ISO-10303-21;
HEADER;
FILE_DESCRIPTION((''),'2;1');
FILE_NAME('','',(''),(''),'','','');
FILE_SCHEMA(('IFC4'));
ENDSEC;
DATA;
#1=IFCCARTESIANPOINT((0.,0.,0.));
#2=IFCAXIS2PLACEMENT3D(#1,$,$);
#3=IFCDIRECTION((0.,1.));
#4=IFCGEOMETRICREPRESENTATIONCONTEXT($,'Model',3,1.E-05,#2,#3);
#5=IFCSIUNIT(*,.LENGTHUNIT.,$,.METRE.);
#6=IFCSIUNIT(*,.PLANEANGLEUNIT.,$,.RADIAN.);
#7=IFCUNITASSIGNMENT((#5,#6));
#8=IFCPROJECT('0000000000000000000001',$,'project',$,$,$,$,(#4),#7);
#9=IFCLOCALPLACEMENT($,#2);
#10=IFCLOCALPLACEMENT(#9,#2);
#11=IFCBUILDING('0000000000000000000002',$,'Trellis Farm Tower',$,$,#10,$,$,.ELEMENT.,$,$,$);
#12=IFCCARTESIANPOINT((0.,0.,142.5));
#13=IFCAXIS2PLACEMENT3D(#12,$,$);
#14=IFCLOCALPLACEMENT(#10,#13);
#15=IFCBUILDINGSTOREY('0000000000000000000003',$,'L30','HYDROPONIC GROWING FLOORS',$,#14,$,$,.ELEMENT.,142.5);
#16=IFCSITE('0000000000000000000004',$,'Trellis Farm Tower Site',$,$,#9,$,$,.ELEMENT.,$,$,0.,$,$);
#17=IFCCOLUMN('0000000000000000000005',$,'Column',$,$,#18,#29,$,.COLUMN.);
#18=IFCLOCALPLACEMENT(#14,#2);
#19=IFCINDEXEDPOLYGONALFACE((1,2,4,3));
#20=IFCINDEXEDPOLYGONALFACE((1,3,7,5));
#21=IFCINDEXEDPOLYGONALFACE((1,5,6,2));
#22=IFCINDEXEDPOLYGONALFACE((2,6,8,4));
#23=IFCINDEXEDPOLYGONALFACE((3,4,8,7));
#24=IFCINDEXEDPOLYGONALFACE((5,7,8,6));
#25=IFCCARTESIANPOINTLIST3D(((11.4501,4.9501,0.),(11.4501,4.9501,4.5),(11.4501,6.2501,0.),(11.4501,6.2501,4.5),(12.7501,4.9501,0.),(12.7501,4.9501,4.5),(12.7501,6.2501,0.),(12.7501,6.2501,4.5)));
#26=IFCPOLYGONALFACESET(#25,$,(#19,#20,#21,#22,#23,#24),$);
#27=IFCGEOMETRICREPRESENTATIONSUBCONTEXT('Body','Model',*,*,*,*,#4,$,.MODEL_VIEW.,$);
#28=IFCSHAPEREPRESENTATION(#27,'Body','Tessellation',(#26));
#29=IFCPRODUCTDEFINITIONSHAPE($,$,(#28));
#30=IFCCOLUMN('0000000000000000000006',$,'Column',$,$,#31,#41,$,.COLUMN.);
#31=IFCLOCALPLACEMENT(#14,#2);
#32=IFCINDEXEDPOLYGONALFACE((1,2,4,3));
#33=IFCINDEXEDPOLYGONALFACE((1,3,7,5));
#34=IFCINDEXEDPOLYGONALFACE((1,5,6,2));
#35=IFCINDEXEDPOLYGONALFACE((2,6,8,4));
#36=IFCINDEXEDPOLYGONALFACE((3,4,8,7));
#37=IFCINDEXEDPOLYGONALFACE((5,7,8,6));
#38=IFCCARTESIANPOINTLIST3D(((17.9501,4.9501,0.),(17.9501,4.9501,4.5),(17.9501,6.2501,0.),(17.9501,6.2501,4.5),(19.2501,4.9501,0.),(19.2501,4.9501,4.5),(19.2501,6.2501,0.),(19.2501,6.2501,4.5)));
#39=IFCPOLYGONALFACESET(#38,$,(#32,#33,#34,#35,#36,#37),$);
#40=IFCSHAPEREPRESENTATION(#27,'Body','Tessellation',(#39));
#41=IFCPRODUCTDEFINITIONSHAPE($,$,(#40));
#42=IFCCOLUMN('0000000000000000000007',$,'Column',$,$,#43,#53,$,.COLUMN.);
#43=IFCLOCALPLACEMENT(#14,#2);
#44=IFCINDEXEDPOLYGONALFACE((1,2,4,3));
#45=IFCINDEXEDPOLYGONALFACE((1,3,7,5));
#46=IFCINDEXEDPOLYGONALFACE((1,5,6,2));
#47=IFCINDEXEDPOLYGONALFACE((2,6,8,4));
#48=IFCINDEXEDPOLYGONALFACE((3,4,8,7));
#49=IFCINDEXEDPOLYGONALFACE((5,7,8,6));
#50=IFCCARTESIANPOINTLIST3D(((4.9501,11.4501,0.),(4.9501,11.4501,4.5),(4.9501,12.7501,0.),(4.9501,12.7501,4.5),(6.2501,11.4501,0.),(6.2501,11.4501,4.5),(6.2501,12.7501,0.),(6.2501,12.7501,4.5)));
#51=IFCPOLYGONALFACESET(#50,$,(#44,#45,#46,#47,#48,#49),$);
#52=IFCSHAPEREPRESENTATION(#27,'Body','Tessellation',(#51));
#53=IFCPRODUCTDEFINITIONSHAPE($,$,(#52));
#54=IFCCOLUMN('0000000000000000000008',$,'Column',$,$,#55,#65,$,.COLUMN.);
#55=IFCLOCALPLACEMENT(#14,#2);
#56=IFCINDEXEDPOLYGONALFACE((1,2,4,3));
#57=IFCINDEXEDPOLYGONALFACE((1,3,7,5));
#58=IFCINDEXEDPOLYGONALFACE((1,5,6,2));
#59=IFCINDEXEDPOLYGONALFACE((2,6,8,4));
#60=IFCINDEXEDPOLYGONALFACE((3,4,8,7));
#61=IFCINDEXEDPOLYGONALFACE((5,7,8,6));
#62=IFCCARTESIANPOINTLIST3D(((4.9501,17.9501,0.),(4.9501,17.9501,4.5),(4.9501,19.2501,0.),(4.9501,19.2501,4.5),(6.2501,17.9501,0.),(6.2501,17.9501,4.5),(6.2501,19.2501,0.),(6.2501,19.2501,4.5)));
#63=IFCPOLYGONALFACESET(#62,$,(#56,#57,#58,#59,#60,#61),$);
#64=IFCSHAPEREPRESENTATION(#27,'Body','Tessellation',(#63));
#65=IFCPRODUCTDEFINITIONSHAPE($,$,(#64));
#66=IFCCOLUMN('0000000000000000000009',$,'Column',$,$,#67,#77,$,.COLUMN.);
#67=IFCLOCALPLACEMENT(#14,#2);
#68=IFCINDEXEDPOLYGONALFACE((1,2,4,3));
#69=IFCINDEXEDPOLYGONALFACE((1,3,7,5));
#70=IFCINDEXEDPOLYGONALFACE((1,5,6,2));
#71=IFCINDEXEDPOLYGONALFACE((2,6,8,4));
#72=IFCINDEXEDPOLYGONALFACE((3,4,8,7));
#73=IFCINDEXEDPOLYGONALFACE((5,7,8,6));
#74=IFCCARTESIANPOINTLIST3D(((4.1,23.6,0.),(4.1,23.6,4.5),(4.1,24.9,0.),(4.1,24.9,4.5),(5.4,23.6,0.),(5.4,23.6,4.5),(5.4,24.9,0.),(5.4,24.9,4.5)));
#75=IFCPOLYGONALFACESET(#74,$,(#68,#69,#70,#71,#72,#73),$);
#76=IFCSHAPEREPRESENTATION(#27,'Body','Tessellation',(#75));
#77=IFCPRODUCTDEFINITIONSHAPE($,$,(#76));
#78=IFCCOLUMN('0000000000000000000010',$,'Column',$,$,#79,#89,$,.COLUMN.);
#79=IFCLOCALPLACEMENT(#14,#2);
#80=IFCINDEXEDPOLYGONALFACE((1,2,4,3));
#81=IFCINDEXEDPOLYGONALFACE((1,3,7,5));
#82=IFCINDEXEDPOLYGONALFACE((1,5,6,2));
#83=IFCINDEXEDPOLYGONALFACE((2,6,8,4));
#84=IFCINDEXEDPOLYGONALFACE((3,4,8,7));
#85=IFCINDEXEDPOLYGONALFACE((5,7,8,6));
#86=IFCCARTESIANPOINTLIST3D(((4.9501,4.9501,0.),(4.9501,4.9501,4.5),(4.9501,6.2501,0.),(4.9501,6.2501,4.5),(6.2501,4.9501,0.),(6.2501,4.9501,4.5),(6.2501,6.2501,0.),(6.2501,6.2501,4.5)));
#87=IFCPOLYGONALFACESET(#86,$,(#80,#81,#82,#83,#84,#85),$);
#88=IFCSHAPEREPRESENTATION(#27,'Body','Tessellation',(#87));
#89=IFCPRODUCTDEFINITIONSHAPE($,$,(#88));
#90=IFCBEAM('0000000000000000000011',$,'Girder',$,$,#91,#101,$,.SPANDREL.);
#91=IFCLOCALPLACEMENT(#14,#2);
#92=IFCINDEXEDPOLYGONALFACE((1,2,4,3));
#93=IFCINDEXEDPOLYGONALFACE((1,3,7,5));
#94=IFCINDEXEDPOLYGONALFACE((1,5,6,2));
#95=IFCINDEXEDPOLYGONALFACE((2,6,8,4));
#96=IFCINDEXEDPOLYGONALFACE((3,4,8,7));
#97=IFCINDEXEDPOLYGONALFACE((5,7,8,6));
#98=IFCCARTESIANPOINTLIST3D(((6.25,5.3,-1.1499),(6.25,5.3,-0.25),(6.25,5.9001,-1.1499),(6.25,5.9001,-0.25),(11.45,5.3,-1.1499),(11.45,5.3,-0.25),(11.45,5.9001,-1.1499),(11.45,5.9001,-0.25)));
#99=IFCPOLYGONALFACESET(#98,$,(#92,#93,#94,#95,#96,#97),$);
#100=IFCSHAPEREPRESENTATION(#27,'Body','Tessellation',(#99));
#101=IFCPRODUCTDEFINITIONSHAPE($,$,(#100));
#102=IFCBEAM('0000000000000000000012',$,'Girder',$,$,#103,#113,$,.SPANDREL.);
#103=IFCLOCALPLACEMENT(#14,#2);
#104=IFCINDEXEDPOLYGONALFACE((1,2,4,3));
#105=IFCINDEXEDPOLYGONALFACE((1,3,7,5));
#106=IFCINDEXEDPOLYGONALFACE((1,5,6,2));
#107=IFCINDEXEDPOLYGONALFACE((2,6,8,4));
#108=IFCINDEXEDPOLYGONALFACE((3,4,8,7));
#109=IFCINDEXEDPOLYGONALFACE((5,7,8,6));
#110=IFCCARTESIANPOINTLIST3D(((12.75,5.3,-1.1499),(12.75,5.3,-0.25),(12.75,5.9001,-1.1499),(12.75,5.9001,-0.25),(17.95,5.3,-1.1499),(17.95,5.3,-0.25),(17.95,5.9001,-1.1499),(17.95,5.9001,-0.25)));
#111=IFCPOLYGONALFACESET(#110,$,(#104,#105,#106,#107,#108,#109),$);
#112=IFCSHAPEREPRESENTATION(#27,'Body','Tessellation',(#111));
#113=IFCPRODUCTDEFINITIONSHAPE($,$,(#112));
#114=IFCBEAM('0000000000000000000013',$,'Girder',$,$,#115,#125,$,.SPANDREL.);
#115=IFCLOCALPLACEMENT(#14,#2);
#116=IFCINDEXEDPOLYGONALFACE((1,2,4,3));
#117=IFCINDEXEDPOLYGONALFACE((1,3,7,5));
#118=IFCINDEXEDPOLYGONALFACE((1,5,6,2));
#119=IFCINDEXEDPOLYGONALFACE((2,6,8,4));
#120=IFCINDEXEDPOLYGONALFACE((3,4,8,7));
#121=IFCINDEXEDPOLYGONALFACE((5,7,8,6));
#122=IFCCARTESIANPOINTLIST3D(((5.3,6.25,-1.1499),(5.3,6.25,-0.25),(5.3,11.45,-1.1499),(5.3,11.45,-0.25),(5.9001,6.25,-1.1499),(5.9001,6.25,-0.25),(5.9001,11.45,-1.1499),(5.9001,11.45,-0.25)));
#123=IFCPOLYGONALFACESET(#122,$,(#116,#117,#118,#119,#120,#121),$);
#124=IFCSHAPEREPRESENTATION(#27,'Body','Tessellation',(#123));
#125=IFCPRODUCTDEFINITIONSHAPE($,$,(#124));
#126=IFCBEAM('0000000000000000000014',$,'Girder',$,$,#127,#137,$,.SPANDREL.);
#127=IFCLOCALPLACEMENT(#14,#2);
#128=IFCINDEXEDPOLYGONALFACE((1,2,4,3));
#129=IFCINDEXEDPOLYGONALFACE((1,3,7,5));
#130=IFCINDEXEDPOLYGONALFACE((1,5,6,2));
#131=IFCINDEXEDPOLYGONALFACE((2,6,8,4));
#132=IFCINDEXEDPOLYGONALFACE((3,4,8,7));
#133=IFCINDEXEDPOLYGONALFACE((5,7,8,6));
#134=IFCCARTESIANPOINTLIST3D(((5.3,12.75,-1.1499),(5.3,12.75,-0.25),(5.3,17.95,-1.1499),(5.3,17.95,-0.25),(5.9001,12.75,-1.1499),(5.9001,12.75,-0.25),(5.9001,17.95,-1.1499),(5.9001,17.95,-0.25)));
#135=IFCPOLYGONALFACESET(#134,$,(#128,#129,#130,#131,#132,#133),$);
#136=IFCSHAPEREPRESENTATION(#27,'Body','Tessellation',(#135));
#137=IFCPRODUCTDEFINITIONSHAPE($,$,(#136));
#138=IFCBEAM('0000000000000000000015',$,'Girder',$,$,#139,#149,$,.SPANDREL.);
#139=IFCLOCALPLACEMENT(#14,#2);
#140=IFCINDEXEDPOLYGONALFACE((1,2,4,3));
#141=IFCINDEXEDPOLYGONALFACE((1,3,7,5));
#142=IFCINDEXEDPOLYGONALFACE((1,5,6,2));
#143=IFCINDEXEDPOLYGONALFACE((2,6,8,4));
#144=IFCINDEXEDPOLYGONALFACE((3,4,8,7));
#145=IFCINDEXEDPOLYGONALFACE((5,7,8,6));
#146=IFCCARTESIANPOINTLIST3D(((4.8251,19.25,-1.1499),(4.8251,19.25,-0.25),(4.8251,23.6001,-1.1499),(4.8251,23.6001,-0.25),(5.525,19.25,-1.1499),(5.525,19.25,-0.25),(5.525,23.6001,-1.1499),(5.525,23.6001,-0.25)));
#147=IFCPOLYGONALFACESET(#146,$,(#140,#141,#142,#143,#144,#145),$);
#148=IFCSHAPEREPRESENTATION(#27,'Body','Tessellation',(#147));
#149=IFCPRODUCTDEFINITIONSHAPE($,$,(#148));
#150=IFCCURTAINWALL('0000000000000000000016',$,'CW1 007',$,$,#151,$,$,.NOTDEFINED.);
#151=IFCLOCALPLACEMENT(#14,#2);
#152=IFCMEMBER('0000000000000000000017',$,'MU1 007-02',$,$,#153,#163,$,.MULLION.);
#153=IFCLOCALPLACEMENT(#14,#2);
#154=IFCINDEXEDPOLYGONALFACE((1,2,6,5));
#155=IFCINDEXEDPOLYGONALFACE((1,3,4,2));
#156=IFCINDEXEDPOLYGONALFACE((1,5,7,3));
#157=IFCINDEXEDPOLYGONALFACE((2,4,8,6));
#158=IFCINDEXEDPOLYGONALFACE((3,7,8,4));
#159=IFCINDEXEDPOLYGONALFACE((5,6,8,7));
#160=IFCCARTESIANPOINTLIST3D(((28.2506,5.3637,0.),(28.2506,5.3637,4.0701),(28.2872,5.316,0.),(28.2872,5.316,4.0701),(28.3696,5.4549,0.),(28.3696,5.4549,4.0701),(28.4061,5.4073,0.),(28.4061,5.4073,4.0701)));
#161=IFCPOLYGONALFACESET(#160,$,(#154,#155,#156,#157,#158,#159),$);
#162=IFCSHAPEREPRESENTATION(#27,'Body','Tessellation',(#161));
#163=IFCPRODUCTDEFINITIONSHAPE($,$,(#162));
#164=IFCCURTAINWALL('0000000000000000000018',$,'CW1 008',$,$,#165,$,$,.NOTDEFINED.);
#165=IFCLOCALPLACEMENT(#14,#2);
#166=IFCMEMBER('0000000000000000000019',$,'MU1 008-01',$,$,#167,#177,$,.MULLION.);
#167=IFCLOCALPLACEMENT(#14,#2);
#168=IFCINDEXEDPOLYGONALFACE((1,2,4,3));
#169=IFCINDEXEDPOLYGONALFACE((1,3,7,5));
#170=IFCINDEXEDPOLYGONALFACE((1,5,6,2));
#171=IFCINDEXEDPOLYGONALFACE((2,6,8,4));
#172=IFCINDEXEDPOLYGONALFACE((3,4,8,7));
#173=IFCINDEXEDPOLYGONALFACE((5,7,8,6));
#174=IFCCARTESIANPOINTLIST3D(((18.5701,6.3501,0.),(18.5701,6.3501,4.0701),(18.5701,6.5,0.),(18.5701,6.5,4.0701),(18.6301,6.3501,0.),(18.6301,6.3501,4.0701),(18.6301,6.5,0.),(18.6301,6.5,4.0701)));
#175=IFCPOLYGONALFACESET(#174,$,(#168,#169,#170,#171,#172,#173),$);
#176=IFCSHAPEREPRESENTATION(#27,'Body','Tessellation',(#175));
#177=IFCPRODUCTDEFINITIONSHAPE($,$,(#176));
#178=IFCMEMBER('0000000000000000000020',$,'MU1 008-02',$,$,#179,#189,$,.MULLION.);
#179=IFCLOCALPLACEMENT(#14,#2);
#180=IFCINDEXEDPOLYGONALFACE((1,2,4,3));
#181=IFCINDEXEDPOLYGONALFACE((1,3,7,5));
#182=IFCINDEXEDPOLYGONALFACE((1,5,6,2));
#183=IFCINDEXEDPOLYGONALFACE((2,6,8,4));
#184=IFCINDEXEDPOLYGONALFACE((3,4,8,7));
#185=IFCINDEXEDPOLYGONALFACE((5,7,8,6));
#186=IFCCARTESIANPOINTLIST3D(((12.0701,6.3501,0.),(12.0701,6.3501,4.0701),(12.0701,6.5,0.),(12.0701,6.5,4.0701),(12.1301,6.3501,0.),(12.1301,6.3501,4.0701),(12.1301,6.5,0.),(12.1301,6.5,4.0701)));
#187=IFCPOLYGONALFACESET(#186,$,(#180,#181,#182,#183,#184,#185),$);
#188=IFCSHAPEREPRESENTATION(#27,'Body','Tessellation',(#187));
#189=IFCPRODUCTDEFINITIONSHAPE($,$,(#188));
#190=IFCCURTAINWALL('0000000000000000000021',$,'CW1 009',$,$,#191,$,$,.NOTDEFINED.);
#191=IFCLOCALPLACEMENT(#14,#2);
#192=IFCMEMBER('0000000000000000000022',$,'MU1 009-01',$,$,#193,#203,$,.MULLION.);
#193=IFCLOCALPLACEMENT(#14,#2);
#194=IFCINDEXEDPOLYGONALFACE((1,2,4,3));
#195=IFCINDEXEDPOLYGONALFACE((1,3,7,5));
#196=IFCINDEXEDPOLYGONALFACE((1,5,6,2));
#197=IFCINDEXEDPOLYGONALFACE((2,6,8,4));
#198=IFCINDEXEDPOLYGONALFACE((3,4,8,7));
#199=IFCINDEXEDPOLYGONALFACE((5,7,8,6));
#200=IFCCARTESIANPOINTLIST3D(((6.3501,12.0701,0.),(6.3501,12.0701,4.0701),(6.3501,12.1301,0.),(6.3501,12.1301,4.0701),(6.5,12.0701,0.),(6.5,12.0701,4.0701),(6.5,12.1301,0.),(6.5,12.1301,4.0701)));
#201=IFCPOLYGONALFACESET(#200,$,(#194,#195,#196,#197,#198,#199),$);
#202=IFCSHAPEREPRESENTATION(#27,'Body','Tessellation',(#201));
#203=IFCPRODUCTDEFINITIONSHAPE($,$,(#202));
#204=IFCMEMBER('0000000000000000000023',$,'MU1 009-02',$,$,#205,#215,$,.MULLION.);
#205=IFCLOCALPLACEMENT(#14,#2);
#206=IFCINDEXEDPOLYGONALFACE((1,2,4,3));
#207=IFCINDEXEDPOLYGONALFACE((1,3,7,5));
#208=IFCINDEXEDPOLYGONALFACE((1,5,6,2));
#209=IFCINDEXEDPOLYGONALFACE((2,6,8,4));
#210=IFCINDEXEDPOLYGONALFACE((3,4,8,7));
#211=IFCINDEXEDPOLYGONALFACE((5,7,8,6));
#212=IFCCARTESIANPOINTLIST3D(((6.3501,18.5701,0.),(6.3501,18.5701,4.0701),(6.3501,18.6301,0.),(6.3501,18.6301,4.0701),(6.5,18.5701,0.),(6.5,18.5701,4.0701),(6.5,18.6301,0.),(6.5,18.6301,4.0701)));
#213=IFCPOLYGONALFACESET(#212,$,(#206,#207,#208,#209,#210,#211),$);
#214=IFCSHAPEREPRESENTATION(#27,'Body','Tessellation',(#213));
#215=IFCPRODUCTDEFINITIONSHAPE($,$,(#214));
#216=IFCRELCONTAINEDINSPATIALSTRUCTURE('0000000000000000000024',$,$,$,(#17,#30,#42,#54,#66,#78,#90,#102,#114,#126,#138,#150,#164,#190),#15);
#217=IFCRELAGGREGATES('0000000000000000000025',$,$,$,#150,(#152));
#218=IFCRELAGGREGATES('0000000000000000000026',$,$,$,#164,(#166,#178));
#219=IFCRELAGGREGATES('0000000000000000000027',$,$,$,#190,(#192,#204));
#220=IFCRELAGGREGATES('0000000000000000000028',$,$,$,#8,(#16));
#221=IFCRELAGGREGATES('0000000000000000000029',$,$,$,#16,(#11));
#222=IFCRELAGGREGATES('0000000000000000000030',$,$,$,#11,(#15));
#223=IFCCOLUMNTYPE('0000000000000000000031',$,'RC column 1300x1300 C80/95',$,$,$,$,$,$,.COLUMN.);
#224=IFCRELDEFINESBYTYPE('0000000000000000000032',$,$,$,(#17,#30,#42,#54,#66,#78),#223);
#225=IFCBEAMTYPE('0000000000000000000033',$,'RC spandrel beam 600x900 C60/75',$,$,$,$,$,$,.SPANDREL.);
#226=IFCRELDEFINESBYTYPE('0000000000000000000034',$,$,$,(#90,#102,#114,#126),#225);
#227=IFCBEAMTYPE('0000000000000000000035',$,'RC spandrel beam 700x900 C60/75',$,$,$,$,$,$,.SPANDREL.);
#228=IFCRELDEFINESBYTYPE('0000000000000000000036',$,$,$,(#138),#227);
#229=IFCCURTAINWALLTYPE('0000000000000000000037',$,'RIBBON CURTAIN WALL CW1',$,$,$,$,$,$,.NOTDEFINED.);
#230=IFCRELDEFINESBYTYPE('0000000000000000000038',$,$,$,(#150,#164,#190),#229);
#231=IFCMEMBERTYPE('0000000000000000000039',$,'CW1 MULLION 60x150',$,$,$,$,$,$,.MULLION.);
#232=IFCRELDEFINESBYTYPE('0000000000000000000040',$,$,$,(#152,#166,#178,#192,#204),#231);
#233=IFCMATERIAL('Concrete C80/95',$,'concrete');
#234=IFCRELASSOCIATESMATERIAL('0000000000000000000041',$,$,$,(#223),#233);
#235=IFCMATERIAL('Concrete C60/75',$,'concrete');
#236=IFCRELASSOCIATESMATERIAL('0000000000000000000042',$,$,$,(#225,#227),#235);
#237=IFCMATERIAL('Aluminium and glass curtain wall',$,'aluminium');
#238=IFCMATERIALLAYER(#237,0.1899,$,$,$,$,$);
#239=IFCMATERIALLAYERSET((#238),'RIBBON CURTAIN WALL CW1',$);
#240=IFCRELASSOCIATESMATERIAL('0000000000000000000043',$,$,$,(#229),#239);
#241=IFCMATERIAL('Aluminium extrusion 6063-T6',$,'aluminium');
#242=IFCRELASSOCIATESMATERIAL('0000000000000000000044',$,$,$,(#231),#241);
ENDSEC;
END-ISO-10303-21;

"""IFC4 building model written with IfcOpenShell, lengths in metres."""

from ifc_helpers import new_model, si_unit, direction, frame, origin, origin_2d, place, context, subcontext, project, spatial, rectangle, extrude, source, transform, mapped, material, layer, layer_set, material_profile, profile_set, type_object, element, aggregate, save


model = new_model("IFC4")

# Units and contexts
model_context = context("Model", 3, precision=1e-05, world=origin(), true_north=direction((0.0, 1.0)))
body_context = subcontext(model_context, "Body", "Model", "MODEL_VIEW")
ifc_project = project(units=[si_unit("LENGTHUNIT", "METRE"), si_unit("PLANEANGLEUNIT", "RADIAN")], contexts=[model_context])

# Site, building, storey
site_placement = place(None, origin())
site = spatial("IfcSite", under=ifc_project, at=site_placement, Name="Trellis Farm Tower Site", CompositionType="ELEMENT", RefElevation=0.0)
building_placement = place(site_placement, origin())
building = spatial("IfcBuilding", under=site, at=building_placement, Name="Trellis Farm Tower", CompositionType="ELEMENT")
storey_placement = place(building_placement, frame((0.0, 0.0, 142.5)))
storey = spatial("IfcBuildingStorey", under=building, at=storey_placement, Name="L30", Description="HYDROPONIC GROWING FLOORS", CompositionType="ELEMENT", Elevation=142.5)

# Columns
ifc_material_1 = material(Name="Concrete C80/95", Category="concrete")
ifc_material_profile_1 = material_profile(ifc_material_1, rectangle(XDim=1.3, YDim=1.3, at=origin_2d()), Name="RC column 1300x1300 C80/95")
ifc_profile_set_1 = profile_set([ifc_material_profile_1], Name="Concrete C80/95")
column_type = type_object("IfcColumnType", Name="RC column 1300x1300 C80/95", PredefinedType="COLUMN", material=ifc_profile_set_1)
shared_shape_1 = source(origin(), body_context, "Body", "SweptSolid", [
    extrude(rectangle(XDim=1.3, YDim=1.3, at=origin_2d()), origin(), (0.0, 0.0, 1.0), 4.5),
])
for number, where, z_axis, x_axis, name in (
    (1, (12.1001, 5.6001, 0.0), (0.0, 0.0, 1.0), (1.0, 0.0, 0.0), "Column"),
    (2, (18.6001, 5.6001, 0.0), (0.0, 0.0, 1.0), (1.0, 0.0, 0.0), "Column"),
    (3, (5.6001, 12.1001, 0.0), (0.0, 0.0, 1.0), (1.0, 0.0, 0.0), "Column"),
    (4, (5.6001, 18.6001, 0.0), (0.0, 0.0, 1.0), (1.0, 0.0, 0.0), "Column"),
    (5, (4.75, 24.25, 0.0), (0.0, 0.0, 1.0), (1.0, 0.0, 0.0), "Column"),
    (6, (5.6001, 5.6001, 0.0), (0.0, 0.0, 1.0), (1.0, 0.0, 0.0), "Column"),
):
    element("IfcColumn", number, at=place(storey_placement, frame(where, z_axis=z_axis, x_axis=x_axis)), inside=storey, type_object=column_type, Name=name, PredefinedType="COLUMN", context=body_context, shape_type="MappedRepresentation", body=[
        mapped(shared_shape_1, transform((0.0, 0.0, 0.0))),
    ])

# Beams
ifc_material_2 = material(Name="Concrete C60/75", Category="concrete")
ifc_material_profile_2 = material_profile(ifc_material_2, rectangle(XDim=0.6001, YDim=0.8999, at=origin_2d()), Name="RC spandrel beam 600x900 C60/75")
ifc_profile_set_2 = profile_set([ifc_material_profile_2], Name="Concrete C60/75")
beam_type_1 = type_object("IfcBeamType", Name="RC spandrel beam 600x900 C60/75", PredefinedType="SPANDREL", material=ifc_profile_set_2)
shared_shape_2 = source(origin(), body_context, "Body", "SweptSolid", [
    extrude(rectangle(XDim=0.6001, YDim=0.8999, at=origin_2d()), origin(), (0.0, 0.0, 1.0), 5.2),
])
for number, where, z_axis, x_axis, name in (
    (7, (6.25, 5.6001, -0.7), (1.0, 0.0, 0.0), (0.0, 1.0, 0.0), "Girder"),
    (8, (12.75, 5.6001, -0.7), (1.0, 0.0, 0.0), (0.0, 1.0, 0.0), "Girder"),
    (9, (5.6001, 6.25, -0.7), (0.0, 1.0, 0.0), (-1.0, 0.0, 0.0), "Girder"),
    (10, (5.6001, 12.75, -0.7), (0.0, 1.0, 0.0), (-1.0, 0.0, 0.0), "Girder"),
):
    element("IfcBeam", number, at=place(storey_placement, frame(where, z_axis=z_axis, x_axis=x_axis)), inside=storey, type_object=beam_type_1, Name=name, PredefinedType="SPANDREL", context=body_context, shape_type="MappedRepresentation", body=[
        mapped(shared_shape_2, transform((0.0, 0.0, 0.0))),
    ])
ifc_material_profile_3 = material_profile(ifc_material_2, rectangle(XDim=0.7, YDim=0.8999, at=origin_2d()), Name="RC spandrel beam 700x900 C60/75")
ifc_profile_set_3 = profile_set([ifc_material_profile_3], Name="Concrete C60/75")
beam_type_2 = type_object("IfcBeamType", Name="RC spandrel beam 700x900 C60/75", PredefinedType="SPANDREL", material=ifc_profile_set_3)
shared_shape_3 = source(origin(), body_context, "Body", "SweptSolid", [
    extrude(rectangle(XDim=0.7, YDim=0.8999, at=origin_2d()), origin(), (0.0, 0.0, 1.0), 4.3501),
])
beam_placement = place(storey_placement, frame((5.175, 19.25, -0.7), z_axis=(0.0, 1.0, 0.0), x_axis=(-1.0, 0.0, 0.0)))
element("IfcBeam", 11, at=beam_placement, inside=storey, type_object=beam_type_2, Name="Girder", PredefinedType="SPANDREL", context=body_context, shape_type="MappedRepresentation", body=[
    mapped(shared_shape_3, transform((0.0, 0.0, 0.0))),
])

# Curtain wall, member
ifc_material_3 = material(Name="Aluminium and glass curtain wall", Category="aluminium")
ifc_layer_1 = layer(ifc_material_3, 0.1899)
ifc_layer_set_1 = layer_set([ifc_layer_1], Name="RIBBON CURTAIN WALL CW1")
curtain_wall_type_1 = type_object("IfcCurtainWallType", Name="RIBBON CURTAIN WALL CW1", PredefinedType="NOTDEFINED", material=ifc_layer_set_1)
placement = place(storey_placement, origin())
curtain_wall_1 = element("IfcCurtainWall", 12, at=placement, inside=storey, type_object=curtain_wall_type_1, Name="CW1 007", PredefinedType="NOTDEFINED")
ifc_material_4 = material(Name="Aluminium extrusion 6063-T6", Category="aluminium")
ifc_material_profile_4 = material_profile(ifc_material_4, rectangle(XDim=0.0601, YDim=0.1499, at=origin_2d()), Name="MULLION 60x150")
ifc_profile_set_4 = profile_set([ifc_material_profile_4], Name="Aluminium extrusion 6063-T6")
member_type_1 = type_object("IfcMemberType", Name="CW1 MULLION 60x150", PredefinedType="MULLION", material=ifc_profile_set_4)
shared_shape_4 = source(origin(), body_context, "Body", "SweptSolid", [
    extrude(rectangle(XDim=0.0601, YDim=0.1499, at=origin_2d()), origin(), (0.0, 0.0, 1.0), 4.0701),
])
member_1_placement = place(storey_placement, frame((28.3284, 5.3855, 0.0), z_axis=(0.0, 0.0, 1.0), x_axis=(-0.608761, 0.793353, 0.0)))
member_1 = element("IfcMember", 13, at=member_1_placement, type_object=member_type_1, Name="MU1 007-02", PredefinedType="MULLION", context=body_context, shape_type="MappedRepresentation", body=[
    mapped(shared_shape_4, transform((0.0, 0.0, 0.0))),
])
aggregate(curtain_wall_1, [member_1])

# Curtain walls, members
curtain_wall_2 = element("IfcCurtainWall", 14, at=placement, inside=storey, type_object=curtain_wall_type_1, Name="CW1 008", PredefinedType="NOTDEFINED")
member_2_placement = place(storey_placement, frame((18.6001, 6.425, 0.0), z_axis=(0.0, 0.0, 1.0), x_axis=(-1.0, 0.0, 0.0)))
member_2 = element("IfcMember", 15, at=member_2_placement, type_object=member_type_1, Name="MU1 008-01", PredefinedType="MULLION", context=body_context, shape_type="MappedRepresentation", body=[
    mapped(shared_shape_4, transform((0.0, 0.0, 0.0))),
])
member_3_placement = place(storey_placement, frame((12.1001, 6.425, 0.0), z_axis=(0.0, 0.0, 1.0), x_axis=(-1.0, 0.0, 0.0)))
member_3 = element("IfcMember", 16, at=member_3_placement, type_object=member_type_1, Name="MU1 008-02", PredefinedType="MULLION", context=body_context, shape_type="MappedRepresentation", body=[
    mapped(shared_shape_4, transform((0.0, 0.0, 0.0))),
])
aggregate(curtain_wall_2, [member_2, member_3])
curtain_wall_3 = element("IfcCurtainWall", 17, at=placement, inside=storey, type_object=curtain_wall_type_1, Name="CW1 009", PredefinedType="NOTDEFINED")
member_4_placement = place(storey_placement, frame((6.425, 12.1001, 0.0), z_axis=(0.0, 0.0, 1.0), x_axis=(0.0, 1.0, 0.0)))
member_4 = element("IfcMember", 18, at=member_4_placement, type_object=member_type_1, Name="MU1 009-01", PredefinedType="MULLION", context=body_context, shape_type="MappedRepresentation", body=[
    mapped(shared_shape_4, transform((0.0, 0.0, 0.0))),
])
member_5_placement = place(storey_placement, frame((6.425, 18.6001, 0.0), z_axis=(0.0, 0.0, 1.0), x_axis=(0.0, 1.0, 0.0)))
member_5 = element("IfcMember", 19, at=member_5_placement, type_object=member_type_1, Name="MU1 009-02", PredefinedType="MULLION", context=body_context, shape_type="MappedRepresentation", body=[
    mapped(shared_shape_4, transform((0.0, 0.0, 0.0))),
])
aggregate(curtain_wall_3, [member_4, member_5])

save(model, "model.ifc")
